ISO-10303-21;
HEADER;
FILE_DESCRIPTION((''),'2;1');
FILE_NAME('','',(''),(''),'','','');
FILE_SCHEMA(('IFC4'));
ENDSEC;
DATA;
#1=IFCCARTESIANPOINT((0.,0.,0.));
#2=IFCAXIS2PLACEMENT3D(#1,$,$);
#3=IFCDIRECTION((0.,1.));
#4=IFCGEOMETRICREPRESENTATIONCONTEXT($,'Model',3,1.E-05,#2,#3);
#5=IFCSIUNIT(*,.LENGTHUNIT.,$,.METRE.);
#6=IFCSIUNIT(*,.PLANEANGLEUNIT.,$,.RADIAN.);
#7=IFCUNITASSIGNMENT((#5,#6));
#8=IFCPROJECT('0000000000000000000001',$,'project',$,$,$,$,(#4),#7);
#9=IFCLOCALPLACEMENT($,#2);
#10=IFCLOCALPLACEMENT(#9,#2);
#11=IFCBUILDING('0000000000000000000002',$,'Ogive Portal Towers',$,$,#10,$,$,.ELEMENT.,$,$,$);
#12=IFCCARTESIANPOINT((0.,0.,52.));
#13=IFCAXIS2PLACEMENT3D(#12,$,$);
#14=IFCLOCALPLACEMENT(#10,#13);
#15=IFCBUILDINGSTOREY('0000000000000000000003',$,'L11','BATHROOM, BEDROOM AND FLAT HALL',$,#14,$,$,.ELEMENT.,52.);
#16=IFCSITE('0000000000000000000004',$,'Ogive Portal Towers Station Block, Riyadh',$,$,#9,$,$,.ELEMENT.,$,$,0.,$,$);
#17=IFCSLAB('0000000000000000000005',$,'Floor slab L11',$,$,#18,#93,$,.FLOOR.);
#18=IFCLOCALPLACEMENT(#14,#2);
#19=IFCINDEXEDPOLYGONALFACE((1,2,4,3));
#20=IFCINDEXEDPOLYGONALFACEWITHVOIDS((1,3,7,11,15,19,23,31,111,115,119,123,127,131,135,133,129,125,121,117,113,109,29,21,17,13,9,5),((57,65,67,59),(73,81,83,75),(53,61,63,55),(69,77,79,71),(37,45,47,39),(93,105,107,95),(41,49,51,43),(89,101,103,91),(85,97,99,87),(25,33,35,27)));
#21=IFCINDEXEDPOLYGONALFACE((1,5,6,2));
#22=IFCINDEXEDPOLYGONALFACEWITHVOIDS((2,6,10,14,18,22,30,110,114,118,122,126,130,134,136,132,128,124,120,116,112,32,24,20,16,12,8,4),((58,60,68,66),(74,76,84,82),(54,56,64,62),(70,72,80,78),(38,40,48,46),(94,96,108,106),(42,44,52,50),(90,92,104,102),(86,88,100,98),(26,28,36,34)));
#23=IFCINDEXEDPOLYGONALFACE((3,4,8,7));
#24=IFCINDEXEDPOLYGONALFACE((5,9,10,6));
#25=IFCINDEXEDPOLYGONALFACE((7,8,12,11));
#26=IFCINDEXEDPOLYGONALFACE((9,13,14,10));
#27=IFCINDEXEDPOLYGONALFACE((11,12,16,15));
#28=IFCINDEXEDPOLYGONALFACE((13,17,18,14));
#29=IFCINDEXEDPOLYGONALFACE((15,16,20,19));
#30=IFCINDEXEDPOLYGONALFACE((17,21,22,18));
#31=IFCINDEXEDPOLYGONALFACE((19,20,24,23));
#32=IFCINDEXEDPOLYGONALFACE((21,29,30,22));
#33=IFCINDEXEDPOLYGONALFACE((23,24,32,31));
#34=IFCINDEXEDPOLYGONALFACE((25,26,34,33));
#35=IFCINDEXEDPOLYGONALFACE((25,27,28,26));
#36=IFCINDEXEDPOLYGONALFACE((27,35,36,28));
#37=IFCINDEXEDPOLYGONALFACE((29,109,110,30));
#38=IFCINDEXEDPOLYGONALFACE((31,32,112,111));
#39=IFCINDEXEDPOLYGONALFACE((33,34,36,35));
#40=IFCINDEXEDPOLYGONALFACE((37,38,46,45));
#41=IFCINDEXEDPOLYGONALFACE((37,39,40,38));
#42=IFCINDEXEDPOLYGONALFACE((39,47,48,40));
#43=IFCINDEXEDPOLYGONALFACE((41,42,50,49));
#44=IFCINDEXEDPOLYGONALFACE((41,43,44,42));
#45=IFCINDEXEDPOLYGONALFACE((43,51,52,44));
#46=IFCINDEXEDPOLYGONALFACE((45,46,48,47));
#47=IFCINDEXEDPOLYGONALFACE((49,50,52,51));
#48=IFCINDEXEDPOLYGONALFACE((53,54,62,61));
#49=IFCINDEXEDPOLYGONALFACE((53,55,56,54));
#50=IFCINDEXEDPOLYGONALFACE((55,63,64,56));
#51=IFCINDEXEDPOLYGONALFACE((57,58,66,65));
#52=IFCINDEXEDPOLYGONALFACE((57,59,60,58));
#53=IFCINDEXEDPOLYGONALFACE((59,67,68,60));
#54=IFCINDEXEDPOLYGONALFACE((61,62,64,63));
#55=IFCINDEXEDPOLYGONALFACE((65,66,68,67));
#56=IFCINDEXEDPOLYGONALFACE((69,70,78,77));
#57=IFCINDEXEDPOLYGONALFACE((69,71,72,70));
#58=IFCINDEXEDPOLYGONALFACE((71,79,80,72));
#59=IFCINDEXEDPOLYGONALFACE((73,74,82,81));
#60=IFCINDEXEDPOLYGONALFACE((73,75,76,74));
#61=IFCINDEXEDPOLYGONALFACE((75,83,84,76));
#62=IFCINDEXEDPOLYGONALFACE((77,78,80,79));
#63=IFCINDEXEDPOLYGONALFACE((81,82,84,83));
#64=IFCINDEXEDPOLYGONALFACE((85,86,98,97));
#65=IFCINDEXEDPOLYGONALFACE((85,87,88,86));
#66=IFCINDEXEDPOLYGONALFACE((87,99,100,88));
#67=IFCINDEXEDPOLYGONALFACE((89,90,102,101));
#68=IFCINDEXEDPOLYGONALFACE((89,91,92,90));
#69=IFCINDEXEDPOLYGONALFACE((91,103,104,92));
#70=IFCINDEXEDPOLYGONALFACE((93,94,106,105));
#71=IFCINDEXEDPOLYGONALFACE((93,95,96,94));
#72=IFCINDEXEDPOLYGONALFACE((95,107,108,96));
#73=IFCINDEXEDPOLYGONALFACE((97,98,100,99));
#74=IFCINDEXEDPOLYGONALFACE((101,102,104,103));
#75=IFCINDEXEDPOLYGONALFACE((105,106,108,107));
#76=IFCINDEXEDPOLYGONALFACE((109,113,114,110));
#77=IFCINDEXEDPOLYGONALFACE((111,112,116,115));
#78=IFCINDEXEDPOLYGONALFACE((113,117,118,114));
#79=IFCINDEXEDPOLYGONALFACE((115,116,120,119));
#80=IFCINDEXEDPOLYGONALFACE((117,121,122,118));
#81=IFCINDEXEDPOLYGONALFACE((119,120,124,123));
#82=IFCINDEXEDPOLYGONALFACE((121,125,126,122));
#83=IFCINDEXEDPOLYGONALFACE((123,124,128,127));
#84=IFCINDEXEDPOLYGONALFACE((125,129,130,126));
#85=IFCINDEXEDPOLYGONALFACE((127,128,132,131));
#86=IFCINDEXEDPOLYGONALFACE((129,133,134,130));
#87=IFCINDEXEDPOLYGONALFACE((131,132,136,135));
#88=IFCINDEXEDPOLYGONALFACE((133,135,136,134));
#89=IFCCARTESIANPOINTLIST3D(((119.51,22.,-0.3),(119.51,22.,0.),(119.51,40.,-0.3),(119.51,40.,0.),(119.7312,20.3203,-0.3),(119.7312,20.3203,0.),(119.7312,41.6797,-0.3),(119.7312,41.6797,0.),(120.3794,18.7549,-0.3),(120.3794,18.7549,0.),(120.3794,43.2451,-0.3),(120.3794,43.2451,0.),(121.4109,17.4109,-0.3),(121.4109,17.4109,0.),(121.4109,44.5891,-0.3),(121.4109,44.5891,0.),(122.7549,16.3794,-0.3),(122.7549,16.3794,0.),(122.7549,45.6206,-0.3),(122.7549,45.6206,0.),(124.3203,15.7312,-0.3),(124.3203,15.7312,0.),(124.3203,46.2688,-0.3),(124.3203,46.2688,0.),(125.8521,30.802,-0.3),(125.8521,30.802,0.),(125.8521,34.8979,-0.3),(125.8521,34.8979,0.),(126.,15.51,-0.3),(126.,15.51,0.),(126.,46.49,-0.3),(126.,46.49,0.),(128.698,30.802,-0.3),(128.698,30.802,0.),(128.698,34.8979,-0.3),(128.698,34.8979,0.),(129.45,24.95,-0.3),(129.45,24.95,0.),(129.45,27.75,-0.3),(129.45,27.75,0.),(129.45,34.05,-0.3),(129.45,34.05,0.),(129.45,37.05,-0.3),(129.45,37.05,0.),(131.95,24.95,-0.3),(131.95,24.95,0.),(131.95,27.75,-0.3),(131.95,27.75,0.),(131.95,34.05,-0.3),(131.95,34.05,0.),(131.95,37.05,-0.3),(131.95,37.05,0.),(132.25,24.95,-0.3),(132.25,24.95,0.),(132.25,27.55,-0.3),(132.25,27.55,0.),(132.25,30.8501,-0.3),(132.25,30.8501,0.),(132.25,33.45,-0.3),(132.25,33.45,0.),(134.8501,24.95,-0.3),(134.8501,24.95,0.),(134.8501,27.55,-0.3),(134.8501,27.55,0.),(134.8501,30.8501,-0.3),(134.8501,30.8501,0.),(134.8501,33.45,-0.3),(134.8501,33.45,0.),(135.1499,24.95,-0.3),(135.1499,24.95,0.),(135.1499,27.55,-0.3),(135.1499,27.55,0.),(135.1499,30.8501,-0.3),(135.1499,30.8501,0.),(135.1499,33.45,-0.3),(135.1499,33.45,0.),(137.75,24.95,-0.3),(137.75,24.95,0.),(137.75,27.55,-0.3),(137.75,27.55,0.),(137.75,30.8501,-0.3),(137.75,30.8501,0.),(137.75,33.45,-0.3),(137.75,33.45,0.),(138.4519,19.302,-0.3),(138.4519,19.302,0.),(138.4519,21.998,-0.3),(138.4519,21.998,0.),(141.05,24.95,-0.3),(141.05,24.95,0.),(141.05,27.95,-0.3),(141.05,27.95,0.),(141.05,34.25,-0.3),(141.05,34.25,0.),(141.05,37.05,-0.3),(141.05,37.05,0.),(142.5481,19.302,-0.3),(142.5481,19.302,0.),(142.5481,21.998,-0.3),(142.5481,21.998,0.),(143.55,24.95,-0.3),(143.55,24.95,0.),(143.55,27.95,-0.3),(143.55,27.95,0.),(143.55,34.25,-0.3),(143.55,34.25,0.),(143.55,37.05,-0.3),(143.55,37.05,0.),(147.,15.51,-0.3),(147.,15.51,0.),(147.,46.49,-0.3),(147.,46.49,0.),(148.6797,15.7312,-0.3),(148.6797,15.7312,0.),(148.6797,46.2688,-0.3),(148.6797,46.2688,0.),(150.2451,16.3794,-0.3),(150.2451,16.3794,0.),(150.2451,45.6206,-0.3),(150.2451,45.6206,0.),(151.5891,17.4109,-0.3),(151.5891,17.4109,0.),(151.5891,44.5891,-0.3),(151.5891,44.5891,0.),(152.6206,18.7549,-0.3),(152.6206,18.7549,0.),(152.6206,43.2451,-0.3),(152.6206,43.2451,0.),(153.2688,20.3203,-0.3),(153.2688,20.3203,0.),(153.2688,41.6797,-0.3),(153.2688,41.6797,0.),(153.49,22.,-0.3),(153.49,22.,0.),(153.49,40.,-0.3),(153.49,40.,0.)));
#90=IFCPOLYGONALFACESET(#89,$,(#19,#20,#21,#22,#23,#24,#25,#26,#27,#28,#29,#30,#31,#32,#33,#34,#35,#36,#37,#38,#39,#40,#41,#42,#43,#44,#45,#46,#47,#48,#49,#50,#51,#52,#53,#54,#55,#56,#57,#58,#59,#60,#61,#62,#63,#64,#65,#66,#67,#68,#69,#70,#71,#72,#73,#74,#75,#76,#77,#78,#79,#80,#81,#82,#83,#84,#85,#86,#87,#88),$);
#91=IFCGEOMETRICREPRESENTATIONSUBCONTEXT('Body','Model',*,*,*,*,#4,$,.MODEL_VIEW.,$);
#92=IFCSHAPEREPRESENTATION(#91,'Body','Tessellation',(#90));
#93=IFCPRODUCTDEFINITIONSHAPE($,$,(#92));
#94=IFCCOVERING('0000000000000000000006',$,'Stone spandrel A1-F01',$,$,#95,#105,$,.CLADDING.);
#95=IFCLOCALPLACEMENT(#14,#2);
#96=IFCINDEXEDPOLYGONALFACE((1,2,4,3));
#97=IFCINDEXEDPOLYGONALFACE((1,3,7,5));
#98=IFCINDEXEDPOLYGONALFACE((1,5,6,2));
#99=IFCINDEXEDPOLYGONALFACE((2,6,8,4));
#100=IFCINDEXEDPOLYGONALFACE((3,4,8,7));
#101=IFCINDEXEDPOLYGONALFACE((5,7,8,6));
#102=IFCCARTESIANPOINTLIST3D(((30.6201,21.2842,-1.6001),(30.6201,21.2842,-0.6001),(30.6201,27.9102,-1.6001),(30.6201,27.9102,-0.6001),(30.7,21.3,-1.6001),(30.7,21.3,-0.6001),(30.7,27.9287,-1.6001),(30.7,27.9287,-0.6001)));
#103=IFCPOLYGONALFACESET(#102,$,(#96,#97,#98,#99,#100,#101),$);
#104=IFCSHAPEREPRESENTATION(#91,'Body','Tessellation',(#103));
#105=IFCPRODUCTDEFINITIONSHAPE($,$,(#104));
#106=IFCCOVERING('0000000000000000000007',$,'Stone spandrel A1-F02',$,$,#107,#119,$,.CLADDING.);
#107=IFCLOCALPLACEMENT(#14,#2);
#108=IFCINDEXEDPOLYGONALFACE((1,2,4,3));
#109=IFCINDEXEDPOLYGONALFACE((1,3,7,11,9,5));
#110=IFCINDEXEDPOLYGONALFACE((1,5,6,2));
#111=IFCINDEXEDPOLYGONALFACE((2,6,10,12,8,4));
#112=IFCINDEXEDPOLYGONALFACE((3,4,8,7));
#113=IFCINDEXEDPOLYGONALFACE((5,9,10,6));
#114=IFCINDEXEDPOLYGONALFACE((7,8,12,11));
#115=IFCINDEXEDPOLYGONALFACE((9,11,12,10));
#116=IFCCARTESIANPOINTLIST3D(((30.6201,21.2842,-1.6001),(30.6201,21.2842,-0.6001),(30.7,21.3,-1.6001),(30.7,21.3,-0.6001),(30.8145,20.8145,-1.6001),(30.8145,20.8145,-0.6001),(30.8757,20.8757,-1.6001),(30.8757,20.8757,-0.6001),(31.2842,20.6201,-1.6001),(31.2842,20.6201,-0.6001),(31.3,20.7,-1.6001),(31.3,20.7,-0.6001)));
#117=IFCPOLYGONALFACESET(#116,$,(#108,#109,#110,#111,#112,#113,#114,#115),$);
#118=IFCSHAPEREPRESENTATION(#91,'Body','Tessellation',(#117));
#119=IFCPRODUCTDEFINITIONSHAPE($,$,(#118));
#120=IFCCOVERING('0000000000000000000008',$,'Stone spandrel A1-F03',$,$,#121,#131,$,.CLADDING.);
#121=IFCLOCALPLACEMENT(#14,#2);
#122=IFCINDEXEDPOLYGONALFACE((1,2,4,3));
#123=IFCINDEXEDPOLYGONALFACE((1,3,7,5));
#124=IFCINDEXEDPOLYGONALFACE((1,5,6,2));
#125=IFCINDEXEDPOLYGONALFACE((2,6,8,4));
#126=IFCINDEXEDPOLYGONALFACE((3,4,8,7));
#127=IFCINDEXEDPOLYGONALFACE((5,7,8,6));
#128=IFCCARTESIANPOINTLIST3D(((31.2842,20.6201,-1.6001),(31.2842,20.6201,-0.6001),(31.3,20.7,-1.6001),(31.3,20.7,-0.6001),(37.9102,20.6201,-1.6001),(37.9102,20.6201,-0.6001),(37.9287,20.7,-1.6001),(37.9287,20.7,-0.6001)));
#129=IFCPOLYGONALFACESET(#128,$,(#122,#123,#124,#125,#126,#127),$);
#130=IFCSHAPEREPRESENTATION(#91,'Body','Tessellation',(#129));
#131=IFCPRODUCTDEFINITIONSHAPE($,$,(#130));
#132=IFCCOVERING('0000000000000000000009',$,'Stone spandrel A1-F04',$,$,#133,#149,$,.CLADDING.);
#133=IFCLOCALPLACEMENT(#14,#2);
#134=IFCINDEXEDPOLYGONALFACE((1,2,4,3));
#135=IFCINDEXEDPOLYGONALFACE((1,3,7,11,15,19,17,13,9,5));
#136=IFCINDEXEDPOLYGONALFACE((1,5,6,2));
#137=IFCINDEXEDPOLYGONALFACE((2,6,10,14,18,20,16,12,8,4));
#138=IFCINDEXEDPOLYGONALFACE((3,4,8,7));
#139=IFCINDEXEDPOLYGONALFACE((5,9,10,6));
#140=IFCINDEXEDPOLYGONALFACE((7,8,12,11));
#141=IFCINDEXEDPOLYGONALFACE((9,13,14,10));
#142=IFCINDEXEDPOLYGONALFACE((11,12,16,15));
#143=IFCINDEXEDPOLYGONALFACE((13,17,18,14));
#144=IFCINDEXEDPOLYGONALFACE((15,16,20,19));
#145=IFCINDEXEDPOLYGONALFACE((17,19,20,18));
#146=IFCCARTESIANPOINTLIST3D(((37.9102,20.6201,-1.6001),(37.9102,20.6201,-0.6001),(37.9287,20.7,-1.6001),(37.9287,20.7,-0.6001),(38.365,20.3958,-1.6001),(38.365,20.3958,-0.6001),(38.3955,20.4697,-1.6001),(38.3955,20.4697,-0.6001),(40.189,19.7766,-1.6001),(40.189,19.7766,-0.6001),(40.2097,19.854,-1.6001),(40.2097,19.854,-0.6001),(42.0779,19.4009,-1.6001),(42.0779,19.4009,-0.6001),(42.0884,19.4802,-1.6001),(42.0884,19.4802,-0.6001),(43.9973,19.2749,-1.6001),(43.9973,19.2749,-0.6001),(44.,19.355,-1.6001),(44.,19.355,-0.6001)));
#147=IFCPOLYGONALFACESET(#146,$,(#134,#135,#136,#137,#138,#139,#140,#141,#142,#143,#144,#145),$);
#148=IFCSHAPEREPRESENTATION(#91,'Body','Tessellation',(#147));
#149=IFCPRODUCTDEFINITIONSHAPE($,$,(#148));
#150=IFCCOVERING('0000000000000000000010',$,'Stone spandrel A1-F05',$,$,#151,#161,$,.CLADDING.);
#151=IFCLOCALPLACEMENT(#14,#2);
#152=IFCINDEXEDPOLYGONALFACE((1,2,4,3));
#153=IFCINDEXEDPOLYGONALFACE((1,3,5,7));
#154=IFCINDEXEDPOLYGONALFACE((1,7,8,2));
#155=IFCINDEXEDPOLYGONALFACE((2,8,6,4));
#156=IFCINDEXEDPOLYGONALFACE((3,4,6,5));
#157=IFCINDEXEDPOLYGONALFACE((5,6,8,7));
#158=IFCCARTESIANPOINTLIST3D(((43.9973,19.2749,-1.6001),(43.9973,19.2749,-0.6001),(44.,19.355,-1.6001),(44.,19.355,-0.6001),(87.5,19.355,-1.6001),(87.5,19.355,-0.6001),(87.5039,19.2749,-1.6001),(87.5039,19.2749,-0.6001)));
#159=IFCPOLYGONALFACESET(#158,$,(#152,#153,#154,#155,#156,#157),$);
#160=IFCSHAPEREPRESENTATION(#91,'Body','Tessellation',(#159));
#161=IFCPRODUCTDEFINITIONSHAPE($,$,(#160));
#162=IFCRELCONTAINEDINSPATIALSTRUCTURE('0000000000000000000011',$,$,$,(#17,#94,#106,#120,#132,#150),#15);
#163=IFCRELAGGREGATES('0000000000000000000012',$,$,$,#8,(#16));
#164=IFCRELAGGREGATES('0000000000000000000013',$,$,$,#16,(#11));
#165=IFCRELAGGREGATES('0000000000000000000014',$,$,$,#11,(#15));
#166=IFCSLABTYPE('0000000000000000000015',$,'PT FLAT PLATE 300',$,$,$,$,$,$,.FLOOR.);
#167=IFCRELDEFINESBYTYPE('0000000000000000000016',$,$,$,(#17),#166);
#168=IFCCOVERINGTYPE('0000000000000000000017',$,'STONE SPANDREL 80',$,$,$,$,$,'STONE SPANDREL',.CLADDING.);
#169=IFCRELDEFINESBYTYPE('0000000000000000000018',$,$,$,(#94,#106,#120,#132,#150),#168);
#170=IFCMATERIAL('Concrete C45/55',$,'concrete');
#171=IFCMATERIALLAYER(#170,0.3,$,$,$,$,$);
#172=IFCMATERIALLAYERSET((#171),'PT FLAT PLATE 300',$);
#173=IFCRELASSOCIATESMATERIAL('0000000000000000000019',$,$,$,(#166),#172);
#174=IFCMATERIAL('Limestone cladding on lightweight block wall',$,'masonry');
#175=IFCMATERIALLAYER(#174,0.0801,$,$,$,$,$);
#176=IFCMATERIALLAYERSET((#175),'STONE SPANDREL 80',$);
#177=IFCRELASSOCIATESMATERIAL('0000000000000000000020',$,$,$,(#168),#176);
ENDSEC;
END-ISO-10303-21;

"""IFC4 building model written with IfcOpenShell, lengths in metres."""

from ifc_helpers import new_model, si_unit, direction, frame, origin, place, context, subcontext, project, spatial, polyline, outline, extrude, material, layer, layer_set, type_object, element, save


model = new_model("IFC4")

# Units and contexts
model_context = context("Model", 3, precision=1e-05, world=origin(), true_north=direction((0.0, 1.0)))
body_context = subcontext(model_context, "Body", "Model", "MODEL_VIEW")
ifc_project = project(units=[si_unit("LENGTHUNIT", "METRE"), si_unit("PLANEANGLEUNIT", "RADIAN")], contexts=[model_context])

# Site, building, storey
site_placement = place(None, origin())
site = spatial("IfcSite", under=ifc_project, at=site_placement, Name="Ogive Portal Towers Station Block, Riyadh", CompositionType="ELEMENT", RefElevation=0.0)
building_placement = place(site_placement, origin())
building = spatial("IfcBuilding", under=site, at=building_placement, Name="Ogive Portal Towers", CompositionType="ELEMENT")
storey_placement = place(building_placement, frame((0.0, 0.0, 52.0)))
storey = spatial("IfcBuildingStorey", under=building, at=storey_placement, Name="L11", Description="BATHROOM, BEDROOM AND FLAT HALL", CompositionType="ELEMENT", Elevation=52.0)

# Slab
ifc_material_1 = material(Name="Concrete C45/55", Category="concrete")
ifc_layer_1 = layer(ifc_material_1, 0.3)
ifc_layer_set_1 = layer_set([ifc_layer_1], Name="PT FLAT PLATE 300")
slab_type = type_object("IfcSlabType", Name="PT FLAT PLATE 300", PredefinedType="FLOOR", material=ifc_layer_set_1)
slab_1_placement = place(storey_placement, frame((0.0, 0.0, -0.3)))
element("IfcSlab", 1, at=slab_1_placement, inside=storey, type_object=slab_type, Name="Floor slab L11", PredefinedType="FLOOR", context=body_context, shape_type="SweptSolid", body=[
    extrude(outline(polyline([(119.51, 40.0), (119.51, 22.0), (119.7312, 20.3203), (120.3794, 18.7549), (121.4109, 17.4109), (122.7549, 16.3794), (124.3203, 15.7312), (126.0, 15.51), (147.0, 15.51), (148.6797, 15.7312), (150.2451, 16.3794), (151.5891, 17.4109), (152.6206, 18.7549), (153.2688, 20.3203), (153.49, 22.0), (153.49, 40.0), (153.2688, 41.6797), (152.6206, 43.2451), (151.5891, 44.5891), (150.2451, 45.6206), (148.6797, 46.2688), (147.0, 46.49), (126.0, 46.49), (124.3203, 46.2688), (122.7549, 45.6206), (121.4109, 44.5891), (120.3794, 43.2451), (119.7312, 41.6797), (119.51, 40.0)]), holes=[polyline([(131.95, 27.75), (131.95, 24.95), (129.45, 24.95), (129.45, 27.75), (131.95, 27.75)]), polyline([(128.698, 34.8979), (128.698, 30.802), (125.8521, 30.802), (125.8521, 34.8979), (128.698, 34.8979)]), polyline([(131.95, 37.05), (131.95, 34.05), (129.45, 34.05), (129.45, 37.05), (131.95, 37.05)]), polyline([(138.4519, 21.998), (142.5481, 21.998), (142.5481, 19.302), (138.4519, 19.302), (138.4519, 21.998)]), polyline([(134.8501, 27.55), (134.8501, 24.95), (132.25, 24.95), (132.25, 27.55), (134.8501, 27.55)]), polyline([(137.75, 27.55), (137.75, 24.95), (135.1499, 24.95), (135.1499, 27.55), (137.75, 27.55)]), polyline([(143.55, 27.95), (143.55, 24.95), (141.05, 24.95), (141.05, 27.95), (143.55, 27.95)]), polyline([(134.8501, 33.45), (134.8501, 30.8501), (132.25, 30.8501), (132.25, 33.45), (134.8501, 33.45)]), polyline([(137.75, 33.45), (137.75, 30.8501), (135.1499, 30.8501), (135.1499, 33.45), (137.75, 33.45)]), polyline([(141.05, 37.05), (143.55, 37.05), (143.55, 34.25), (141.05, 34.25), (141.05, 37.05)])]), origin(), (0.0, 0.0, 1.0), 0.3),
])

# Coverings
ifc_material_2 = material(Name="Limestone cladding on lightweight block wall", Category="masonry")
ifc_layer_2 = layer(ifc_material_2, 0.0801)
ifc_layer_set_2 = layer_set([ifc_layer_2], Name="STONE SPANDREL 80")
covering_type_1 = type_object("IfcCoveringType", Name="STONE SPANDREL 80", ElementType="STONE SPANDREL", PredefinedType="CLADDING", material=ifc_layer_set_2)
covering_1_placement = place(storey_placement, frame((0.0, 0.0, -1.6001)))
element("IfcCovering", 2, at=covering_1_placement, inside=storey, type_object=covering_type_1, Name="Stone spandrel A1-F01", PredefinedType="CLADDING", context=body_context, shape_type="SweptSolid", body=[
    extrude(outline(polyline([(30.7, 27.9287), (30.7, 21.3), (30.6201, 21.2842), (30.6201, 27.9102), (30.7, 27.9287)])), origin(), (0.0, 0.0, 1.0), 1.0),
])
covering_2_placement = place(storey_placement, frame((0.0, 0.0, -1.6001)))
element("IfcCovering", 3, at=covering_2_placement, inside=storey, type_object=covering_type_1, Name="Stone spandrel A1-F02", PredefinedType="CLADDING", context=body_context, shape_type="SweptSolid", body=[
    extrude(outline(polyline([(30.7, 21.3), (30.8757, 20.8757), (31.3, 20.7), (31.2842, 20.6201), (30.8145, 20.8145), (30.6201, 21.2842), (30.7, 21.3)])), origin(), (0.0, 0.0, 1.0), 1.0),
])
covering_3_placement = place(storey_placement, frame((0.0, 0.0, -1.6001)))
element("IfcCovering", 4, at=covering_3_placement, inside=storey, type_object=covering_type_1, Name="Stone spandrel A1-F03", PredefinedType="CLADDING", context=body_context, shape_type="SweptSolid", body=[
    extrude(outline(polyline([(31.3, 20.7), (37.9287, 20.7), (37.9102, 20.6201), (31.2842, 20.6201), (31.3, 20.7)])), origin(), (0.0, 0.0, 1.0), 1.0),
])
covering_4_placement = place(storey_placement, frame((0.0, 0.0, -1.6001)))
element("IfcCovering", 5, at=covering_4_placement, inside=storey, type_object=covering_type_1, Name="Stone spandrel A1-F04", PredefinedType="CLADDING", context=body_context, shape_type="SweptSolid", body=[
    extrude(outline(polyline([(37.9287, 20.7), (38.3955, 20.4697), (40.2097, 19.854), (42.0884, 19.4802), (44.0, 19.355), (43.9973, 19.2749), (42.0779, 19.4009), (40.189, 19.7766), (38.365, 20.3958), (37.9102, 20.6201), (37.9287, 20.7)])), origin(), (0.0, 0.0, 1.0), 1.0),
])
covering_5_placement = place(storey_placement, frame((0.0, 0.0, -1.6001)))
element("IfcCovering", 6, at=covering_5_placement, inside=storey, type_object=covering_type_1, Name="Stone spandrel A1-F05", PredefinedType="CLADDING", context=body_context, shape_type="SweptSolid", body=[
    extrude(outline(polyline([(44.0, 19.355), (87.5, 19.355), (87.5039, 19.2749), (43.9973, 19.2749), (44.0, 19.355)])), origin(), (0.0, 0.0, 1.0), 1.0),
])

save(model, "model.ifc")
